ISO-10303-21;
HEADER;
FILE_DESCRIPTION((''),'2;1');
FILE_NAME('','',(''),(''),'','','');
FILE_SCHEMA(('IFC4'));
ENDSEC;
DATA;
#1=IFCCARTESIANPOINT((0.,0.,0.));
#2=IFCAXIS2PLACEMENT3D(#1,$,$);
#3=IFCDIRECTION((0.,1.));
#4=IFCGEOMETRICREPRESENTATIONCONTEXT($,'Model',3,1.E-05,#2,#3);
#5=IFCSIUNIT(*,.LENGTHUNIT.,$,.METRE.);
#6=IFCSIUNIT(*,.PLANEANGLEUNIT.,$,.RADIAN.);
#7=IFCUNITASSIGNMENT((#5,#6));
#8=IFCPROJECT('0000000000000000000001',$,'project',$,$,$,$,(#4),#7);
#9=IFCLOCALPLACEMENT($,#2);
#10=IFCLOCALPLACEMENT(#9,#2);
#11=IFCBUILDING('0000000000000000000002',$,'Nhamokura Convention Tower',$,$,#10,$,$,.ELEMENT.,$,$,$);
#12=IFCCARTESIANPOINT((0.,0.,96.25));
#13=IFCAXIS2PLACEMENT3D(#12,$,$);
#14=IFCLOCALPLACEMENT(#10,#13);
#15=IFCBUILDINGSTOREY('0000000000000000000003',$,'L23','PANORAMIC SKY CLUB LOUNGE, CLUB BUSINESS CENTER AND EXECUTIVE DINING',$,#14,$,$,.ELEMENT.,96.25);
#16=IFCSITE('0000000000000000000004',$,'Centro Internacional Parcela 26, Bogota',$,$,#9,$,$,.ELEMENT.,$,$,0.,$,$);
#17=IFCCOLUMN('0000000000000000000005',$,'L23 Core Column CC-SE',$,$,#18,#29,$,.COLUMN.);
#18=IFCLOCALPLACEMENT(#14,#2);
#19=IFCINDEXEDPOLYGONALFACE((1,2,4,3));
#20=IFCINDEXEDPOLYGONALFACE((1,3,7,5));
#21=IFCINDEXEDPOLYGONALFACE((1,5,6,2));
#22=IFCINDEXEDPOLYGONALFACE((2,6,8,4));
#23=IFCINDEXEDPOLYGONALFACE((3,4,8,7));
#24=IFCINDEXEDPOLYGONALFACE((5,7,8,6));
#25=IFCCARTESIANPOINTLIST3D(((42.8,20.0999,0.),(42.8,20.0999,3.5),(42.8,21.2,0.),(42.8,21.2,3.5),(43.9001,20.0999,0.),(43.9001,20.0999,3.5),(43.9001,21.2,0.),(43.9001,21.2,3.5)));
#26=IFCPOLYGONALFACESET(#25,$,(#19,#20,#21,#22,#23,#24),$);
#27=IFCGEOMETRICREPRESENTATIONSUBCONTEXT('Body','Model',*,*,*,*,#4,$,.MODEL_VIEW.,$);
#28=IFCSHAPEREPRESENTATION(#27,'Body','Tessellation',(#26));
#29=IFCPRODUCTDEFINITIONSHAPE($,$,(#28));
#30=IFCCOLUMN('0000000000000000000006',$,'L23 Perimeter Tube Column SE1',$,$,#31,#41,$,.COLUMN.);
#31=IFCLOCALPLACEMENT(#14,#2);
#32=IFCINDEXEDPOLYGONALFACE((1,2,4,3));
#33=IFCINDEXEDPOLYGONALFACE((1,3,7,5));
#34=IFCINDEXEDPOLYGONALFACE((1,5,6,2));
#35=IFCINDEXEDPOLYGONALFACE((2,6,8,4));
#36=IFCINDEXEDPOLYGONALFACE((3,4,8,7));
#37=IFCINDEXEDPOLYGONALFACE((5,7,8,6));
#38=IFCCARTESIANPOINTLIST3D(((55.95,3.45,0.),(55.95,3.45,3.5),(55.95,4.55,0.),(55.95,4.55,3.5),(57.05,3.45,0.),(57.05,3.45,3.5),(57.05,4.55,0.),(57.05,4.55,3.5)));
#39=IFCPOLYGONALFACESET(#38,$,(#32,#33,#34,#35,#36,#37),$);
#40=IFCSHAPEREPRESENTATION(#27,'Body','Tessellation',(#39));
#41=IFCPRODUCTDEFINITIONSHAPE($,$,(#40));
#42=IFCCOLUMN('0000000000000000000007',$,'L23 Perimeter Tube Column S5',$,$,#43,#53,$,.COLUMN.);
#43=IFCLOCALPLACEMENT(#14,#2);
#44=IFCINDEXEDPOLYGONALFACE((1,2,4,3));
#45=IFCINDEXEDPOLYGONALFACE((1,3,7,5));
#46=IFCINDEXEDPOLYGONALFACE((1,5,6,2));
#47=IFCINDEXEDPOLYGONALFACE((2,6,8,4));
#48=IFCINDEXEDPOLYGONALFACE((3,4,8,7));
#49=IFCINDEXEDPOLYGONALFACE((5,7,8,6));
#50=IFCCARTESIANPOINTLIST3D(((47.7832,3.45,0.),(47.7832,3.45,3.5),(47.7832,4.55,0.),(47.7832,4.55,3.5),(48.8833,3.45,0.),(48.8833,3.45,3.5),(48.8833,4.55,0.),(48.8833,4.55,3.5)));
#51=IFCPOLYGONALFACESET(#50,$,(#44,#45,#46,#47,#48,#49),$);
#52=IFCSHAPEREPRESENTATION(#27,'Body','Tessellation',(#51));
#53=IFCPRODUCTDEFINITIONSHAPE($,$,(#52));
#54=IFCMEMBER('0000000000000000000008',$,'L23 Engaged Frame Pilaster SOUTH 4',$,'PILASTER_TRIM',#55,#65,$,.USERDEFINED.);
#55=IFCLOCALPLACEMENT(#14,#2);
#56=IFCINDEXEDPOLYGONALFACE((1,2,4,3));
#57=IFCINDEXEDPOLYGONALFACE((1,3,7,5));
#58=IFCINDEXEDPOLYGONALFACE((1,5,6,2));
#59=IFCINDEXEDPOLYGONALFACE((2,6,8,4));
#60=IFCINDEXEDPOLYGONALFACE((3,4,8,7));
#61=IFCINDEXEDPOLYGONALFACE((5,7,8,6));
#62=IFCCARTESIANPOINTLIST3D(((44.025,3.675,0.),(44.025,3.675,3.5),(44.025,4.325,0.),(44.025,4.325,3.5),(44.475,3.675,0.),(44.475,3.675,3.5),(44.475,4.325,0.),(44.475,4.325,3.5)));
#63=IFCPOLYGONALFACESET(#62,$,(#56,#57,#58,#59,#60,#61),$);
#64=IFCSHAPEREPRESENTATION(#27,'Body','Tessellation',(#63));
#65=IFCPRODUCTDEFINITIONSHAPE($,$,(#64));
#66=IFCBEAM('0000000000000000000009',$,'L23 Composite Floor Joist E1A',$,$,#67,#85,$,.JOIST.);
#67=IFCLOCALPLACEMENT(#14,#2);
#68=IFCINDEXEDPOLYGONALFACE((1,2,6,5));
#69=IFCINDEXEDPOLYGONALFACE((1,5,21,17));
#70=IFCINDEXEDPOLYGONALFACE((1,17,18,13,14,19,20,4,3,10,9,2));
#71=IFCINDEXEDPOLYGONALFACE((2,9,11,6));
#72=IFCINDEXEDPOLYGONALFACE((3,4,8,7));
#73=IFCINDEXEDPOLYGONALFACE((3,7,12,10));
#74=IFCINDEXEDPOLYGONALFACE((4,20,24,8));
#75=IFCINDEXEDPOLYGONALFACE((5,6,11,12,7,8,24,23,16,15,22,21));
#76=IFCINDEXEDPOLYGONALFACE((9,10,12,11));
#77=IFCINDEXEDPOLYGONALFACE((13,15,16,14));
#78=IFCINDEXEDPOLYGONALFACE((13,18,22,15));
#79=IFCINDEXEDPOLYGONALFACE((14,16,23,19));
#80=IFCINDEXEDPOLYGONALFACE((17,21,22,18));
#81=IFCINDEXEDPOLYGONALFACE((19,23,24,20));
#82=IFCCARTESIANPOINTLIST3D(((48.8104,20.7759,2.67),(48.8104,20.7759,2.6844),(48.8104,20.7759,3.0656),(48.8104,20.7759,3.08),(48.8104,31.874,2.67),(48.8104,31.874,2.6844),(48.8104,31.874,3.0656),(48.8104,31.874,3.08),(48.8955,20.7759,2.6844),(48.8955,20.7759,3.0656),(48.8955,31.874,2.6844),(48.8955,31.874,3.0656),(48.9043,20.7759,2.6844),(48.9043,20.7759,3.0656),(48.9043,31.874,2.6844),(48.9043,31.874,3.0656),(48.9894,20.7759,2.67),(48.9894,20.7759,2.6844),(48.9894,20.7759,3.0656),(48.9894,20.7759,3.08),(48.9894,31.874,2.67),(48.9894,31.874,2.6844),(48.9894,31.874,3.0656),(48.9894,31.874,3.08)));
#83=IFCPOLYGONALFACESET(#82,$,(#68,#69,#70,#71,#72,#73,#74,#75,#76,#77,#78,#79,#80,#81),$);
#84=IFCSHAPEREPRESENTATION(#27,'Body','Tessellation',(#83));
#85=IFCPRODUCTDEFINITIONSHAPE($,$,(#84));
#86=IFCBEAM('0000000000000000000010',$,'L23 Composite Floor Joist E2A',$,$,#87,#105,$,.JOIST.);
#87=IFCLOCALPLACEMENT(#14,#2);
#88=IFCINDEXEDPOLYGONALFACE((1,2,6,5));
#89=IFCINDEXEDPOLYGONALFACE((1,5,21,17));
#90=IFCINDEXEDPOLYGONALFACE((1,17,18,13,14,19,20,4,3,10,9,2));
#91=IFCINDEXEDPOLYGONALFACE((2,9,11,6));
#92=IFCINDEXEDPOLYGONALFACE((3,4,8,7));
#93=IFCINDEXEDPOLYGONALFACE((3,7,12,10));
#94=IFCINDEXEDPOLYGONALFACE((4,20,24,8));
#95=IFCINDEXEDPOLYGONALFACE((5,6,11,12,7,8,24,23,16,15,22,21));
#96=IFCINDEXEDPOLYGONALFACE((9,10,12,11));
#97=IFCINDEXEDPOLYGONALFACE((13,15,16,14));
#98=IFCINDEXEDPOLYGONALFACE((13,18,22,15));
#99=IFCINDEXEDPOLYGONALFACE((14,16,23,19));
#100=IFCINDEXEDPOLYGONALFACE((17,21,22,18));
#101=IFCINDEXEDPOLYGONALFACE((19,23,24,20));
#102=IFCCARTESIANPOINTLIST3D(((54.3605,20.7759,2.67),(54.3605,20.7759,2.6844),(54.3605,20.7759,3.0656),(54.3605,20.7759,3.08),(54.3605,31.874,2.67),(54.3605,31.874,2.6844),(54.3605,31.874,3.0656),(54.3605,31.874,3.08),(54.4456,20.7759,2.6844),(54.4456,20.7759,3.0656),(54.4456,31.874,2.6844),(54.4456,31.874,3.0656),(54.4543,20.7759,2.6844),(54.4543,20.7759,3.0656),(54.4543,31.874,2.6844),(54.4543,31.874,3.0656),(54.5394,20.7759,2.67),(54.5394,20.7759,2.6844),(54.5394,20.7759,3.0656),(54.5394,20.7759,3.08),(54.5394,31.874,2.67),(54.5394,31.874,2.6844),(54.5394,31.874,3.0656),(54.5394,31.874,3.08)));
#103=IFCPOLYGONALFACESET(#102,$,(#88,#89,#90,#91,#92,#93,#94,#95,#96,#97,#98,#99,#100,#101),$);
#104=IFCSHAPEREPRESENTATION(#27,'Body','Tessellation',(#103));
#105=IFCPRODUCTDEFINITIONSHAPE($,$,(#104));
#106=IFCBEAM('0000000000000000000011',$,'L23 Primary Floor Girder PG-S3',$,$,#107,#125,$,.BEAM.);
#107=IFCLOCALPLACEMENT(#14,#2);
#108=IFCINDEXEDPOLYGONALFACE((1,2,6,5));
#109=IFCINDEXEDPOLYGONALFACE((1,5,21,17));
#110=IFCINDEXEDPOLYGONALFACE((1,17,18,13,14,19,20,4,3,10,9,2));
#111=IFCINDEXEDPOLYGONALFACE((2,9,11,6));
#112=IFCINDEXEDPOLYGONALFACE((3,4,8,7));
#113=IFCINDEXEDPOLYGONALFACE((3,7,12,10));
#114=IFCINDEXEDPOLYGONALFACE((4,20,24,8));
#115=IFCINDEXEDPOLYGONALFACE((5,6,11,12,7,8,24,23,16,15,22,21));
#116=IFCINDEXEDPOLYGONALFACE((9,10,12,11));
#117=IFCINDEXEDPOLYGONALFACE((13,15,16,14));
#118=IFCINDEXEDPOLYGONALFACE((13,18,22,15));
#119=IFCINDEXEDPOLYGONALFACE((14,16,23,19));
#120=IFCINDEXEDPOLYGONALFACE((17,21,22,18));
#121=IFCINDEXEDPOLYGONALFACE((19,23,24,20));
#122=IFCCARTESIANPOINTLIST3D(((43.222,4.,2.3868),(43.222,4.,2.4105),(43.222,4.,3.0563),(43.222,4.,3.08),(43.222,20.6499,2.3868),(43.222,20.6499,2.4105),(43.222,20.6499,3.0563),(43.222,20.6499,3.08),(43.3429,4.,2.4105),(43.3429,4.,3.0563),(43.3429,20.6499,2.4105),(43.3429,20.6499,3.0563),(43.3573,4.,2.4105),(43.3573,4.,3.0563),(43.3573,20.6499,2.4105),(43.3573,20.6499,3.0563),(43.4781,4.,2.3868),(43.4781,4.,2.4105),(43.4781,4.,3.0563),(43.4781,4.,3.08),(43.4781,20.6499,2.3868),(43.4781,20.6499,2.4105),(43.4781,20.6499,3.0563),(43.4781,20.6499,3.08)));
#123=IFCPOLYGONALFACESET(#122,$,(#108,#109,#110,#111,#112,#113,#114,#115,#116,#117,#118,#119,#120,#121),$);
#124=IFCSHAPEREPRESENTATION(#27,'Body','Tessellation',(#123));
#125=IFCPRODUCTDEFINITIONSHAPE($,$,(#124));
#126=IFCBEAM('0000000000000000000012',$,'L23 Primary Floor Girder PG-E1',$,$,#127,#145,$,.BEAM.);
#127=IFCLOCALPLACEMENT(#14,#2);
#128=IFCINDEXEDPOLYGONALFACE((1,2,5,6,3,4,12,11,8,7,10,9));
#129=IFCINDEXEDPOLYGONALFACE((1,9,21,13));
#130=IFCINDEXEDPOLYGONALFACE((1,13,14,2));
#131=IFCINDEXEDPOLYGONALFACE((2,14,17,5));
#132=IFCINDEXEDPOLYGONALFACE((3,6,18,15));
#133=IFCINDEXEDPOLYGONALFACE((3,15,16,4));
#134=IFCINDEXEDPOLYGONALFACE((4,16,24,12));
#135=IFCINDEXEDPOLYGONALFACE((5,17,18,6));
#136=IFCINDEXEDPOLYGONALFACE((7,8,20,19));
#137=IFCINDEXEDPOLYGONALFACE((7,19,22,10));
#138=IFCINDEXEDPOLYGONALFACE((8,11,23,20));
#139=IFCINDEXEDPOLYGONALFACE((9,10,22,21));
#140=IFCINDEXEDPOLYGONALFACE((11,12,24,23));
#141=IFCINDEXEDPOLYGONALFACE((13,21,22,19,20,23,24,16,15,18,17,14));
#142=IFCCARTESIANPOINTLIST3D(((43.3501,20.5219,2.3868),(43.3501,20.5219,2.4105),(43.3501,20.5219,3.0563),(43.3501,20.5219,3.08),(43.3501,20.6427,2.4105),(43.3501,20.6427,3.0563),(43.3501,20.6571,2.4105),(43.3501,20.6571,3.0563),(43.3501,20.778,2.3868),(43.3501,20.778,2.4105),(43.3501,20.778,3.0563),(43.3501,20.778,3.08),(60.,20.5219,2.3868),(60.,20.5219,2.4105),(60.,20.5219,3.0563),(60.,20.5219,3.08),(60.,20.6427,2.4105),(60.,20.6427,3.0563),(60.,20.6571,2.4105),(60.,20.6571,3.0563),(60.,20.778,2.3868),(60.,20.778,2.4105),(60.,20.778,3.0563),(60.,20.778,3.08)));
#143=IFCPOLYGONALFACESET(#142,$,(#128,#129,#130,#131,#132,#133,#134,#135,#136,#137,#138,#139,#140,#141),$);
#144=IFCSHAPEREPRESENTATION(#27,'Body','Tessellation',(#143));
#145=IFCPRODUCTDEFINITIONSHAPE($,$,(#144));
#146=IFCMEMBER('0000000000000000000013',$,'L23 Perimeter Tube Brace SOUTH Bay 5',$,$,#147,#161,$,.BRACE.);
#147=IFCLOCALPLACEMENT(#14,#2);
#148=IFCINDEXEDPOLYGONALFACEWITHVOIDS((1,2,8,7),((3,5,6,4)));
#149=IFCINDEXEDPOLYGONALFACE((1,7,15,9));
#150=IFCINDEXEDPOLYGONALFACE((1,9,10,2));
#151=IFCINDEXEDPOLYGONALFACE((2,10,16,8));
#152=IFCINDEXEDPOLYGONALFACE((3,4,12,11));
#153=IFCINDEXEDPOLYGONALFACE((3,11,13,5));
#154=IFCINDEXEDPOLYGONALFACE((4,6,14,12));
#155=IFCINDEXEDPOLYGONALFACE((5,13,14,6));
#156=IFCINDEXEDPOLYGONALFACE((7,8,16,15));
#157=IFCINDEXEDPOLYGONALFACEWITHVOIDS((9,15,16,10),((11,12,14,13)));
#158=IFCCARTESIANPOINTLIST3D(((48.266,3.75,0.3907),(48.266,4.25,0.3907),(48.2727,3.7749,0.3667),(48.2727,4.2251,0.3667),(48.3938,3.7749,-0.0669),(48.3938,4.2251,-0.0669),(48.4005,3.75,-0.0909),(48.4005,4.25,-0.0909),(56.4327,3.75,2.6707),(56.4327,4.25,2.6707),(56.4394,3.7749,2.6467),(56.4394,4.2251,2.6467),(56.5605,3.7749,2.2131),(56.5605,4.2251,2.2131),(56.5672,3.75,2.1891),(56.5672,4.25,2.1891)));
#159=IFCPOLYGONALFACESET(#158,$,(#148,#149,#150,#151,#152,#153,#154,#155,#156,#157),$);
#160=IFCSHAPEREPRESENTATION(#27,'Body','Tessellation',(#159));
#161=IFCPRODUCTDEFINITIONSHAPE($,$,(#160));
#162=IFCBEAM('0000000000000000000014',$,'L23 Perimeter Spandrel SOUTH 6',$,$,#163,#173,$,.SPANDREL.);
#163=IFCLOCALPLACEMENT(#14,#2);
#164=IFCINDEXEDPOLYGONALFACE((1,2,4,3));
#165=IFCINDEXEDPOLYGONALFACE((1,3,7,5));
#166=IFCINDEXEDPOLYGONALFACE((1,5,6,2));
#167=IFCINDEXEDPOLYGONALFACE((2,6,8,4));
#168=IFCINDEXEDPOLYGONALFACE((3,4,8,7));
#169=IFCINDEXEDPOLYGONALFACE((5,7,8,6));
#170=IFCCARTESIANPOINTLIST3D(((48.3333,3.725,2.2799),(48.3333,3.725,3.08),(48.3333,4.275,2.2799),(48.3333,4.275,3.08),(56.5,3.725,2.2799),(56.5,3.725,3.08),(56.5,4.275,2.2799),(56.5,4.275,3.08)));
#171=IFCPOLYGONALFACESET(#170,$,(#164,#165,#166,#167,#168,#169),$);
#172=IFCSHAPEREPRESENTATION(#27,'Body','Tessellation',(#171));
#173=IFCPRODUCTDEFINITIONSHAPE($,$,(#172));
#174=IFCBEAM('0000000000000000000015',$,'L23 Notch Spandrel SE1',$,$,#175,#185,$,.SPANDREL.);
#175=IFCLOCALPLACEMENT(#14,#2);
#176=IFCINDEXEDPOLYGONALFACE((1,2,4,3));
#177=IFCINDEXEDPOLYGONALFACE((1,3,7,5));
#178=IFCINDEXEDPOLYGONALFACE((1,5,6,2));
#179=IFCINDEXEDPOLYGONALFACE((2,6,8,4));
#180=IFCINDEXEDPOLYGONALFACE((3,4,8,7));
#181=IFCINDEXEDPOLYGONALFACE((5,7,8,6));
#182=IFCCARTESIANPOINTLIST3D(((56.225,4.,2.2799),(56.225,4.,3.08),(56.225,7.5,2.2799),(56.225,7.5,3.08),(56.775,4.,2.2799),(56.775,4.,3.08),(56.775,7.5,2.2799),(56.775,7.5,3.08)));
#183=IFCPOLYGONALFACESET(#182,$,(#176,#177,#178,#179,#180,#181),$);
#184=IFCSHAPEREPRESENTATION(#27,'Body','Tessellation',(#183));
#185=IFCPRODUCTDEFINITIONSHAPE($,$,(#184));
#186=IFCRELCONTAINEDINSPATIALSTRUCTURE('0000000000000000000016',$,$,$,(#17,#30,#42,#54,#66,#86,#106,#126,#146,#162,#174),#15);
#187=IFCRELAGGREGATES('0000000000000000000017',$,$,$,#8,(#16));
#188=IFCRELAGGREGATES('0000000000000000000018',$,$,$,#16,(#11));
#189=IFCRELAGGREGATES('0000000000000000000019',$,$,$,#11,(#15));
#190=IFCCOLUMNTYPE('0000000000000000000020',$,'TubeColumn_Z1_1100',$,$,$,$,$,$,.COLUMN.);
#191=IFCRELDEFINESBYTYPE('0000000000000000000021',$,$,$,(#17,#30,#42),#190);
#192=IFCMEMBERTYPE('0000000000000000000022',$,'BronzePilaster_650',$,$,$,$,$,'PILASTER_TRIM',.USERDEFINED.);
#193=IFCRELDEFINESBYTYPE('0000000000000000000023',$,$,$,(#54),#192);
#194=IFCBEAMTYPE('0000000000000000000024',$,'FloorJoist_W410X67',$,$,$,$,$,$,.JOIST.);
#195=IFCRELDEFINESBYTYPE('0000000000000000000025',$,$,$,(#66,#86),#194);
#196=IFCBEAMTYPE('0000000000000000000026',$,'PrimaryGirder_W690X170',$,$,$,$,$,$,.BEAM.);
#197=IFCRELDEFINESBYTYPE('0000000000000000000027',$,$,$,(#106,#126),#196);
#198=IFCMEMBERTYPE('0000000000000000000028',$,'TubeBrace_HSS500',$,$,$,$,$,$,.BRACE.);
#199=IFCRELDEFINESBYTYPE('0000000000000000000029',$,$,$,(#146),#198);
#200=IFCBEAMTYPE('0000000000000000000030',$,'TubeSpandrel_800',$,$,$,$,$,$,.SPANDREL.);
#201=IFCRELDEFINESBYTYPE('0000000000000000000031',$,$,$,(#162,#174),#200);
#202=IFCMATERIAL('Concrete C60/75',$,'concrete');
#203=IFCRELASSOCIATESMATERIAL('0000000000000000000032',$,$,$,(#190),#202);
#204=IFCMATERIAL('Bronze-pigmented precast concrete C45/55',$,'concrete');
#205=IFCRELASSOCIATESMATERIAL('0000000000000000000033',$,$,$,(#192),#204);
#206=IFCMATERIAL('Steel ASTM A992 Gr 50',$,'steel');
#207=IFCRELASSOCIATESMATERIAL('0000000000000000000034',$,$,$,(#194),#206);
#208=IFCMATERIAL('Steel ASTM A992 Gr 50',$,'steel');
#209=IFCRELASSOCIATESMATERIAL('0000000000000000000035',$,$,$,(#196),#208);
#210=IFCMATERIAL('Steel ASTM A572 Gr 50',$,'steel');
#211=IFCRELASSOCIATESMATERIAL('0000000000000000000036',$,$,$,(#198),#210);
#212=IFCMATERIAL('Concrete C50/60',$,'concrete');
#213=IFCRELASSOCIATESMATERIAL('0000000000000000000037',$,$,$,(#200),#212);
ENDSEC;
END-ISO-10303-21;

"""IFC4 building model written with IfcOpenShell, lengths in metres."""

from ifc_helpers import new_model, si_unit, direction, frame, origin, origin_2d, place, context, subcontext, project, spatial, rectangle, hollow_rectangle, i_section, extrude, material, material_profile, profile_set, type_object, element, save


model = new_model("IFC4")

# Units and contexts
model_context = context("Model", 3, precision=1e-05, world=origin(), true_north=direction((0.0, 1.0)))
body_context = subcontext(model_context, "Body", "Model", "MODEL_VIEW")
ifc_project = project(units=[si_unit("LENGTHUNIT", "METRE"), si_unit("PLANEANGLEUNIT", "RADIAN")], contexts=[model_context])

# Site, building, storey
site_placement = place(None, origin())
site = spatial("IfcSite", under=ifc_project, at=site_placement, Name="Centro Internacional Parcela 26, Bogota", CompositionType="ELEMENT", RefElevation=0.0)
building_placement = place(site_placement, origin())
building = spatial("IfcBuilding", under=site, at=building_placement, Name="Nhamokura Convention Tower", CompositionType="ELEMENT")
storey_placement = place(building_placement, frame((0.0, 0.0, 96.25)))
storey = spatial("IfcBuildingStorey", under=building, at=storey_placement, Name="L23", Description="PANORAMIC SKY CLUB LOUNGE, CLUB BUSINESS CENTER AND EXECUTIVE DINING", CompositionType="ELEMENT", Elevation=96.25)

# Columns
ifc_material_1 = material(Name="Concrete C60/75", Category="concrete")
ifc_material_profile_1 = material_profile(ifc_material_1, rectangle(XDim=1.1001, YDim=1.1001, at=origin_2d()))
ifc_profile_set_1 = profile_set([ifc_material_profile_1], Name="Concrete C60/75")
column_type = type_object("IfcColumnType", Name="TubeColumn_Z1_1100", PredefinedType="COLUMN", material=ifc_profile_set_1)
for number, where, z_axis, x_axis, name in (
    (1, (43.3501, 20.6499, 0.0), (0.0, 0.0, 1.0), (1.0, 0.0, 0.0), "L23 Core Column CC-SE"),
    (2, (56.5, 4.0, 0.0), (0.0, 0.0, 1.0), (1.0, 0.0, 0.0), "L23 Perimeter Tube Column SE1"),
    (3, (48.3333, 4.0, 0.0), (0.0, 0.0, 1.0), (1.0, 0.0, 0.0), "L23 Perimeter Tube Column S5"),
):
    element("IfcColumn", number, at=place(storey_placement, frame(where, z_axis=z_axis, x_axis=x_axis)), inside=storey, type_object=column_type, Name=name, PredefinedType="COLUMN", context=body_context, shape_type="SweptSolid", body=[
        extrude(rectangle(XDim=1.1001, YDim=1.1001, at=origin_2d()), origin(), (0.0, 0.0, 1.0), 3.5),
    ])

# Member
ifc_material_2 = material(Name="Bronze-pigmented precast concrete C45/55", Category="concrete")
ifc_material_profile_2 = material_profile(ifc_material_2, rectangle(XDim=0.45, YDim=0.6499, at=origin_2d()))
ifc_profile_set_2 = profile_set([ifc_material_profile_2], Name="Bronze-pigmented precast concrete C45/55")
member_type_1 = type_object("IfcMemberType", Name="BronzePilaster_650", ElementType="PILASTER_TRIM", PredefinedType="USERDEFINED", material=ifc_profile_set_2)
member_1_placement = place(storey_placement, frame((44.25, 4.0, 0.0), z_axis=(0.0, 0.0, 1.0), x_axis=(1.0, 0.0, 0.0)))
element("IfcMember", 4, at=member_1_placement, inside=storey, type_object=member_type_1, Name="L23 Engaged Frame Pilaster SOUTH 4", ObjectType="PILASTER_TRIM", PredefinedType="USERDEFINED", context=body_context, shape_type="SweptSolid", body=[
    extrude(rectangle(XDim=0.45, YDim=0.6499, at=origin_2d()), origin(), (0.0, 0.0, 1.0), 3.5),
])

# Beams
ifc_material_3 = material(Name="Steel ASTM A992 Gr 50", Category="steel")
ifc_material_profile_3 = material_profile(ifc_material_3, i_section(OverallWidth=0.179, OverallDepth=0.4099, WebThickness=0.0088, FlangeThickness=0.0144, at=origin_2d()))
ifc_profile_set_3 = profile_set([ifc_material_profile_3], Name="Steel ASTM A992 Gr 50")
beam_type_1 = type_object("IfcBeamType", Name="FloorJoist_W410X67", PredefinedType="JOIST", material=ifc_profile_set_3)
for number, where, z_axis, x_axis, name in (
    (5, (48.8999, 20.7759, 2.875), (0.0, 1.0, 0.0), (-1.0, 0.0, 0.0), "L23 Composite Floor Joist E1A"),
    (6, (54.45, 20.7759, 2.875), (0.0, 1.0, 0.0), (-1.0, 0.0, 0.0), "L23 Composite Floor Joist E2A"),
):
    element("IfcBeam", number, at=place(storey_placement, frame(where, z_axis=z_axis, x_axis=x_axis)), inside=storey, type_object=beam_type_1, Name=name, PredefinedType="JOIST", context=body_context, shape_type="SweptSolid", body=[
        extrude(i_section(OverallWidth=0.179, OverallDepth=0.4099, WebThickness=0.0088, FlangeThickness=0.0144, at=origin_2d()), origin(), (0.0, 0.0, 1.0), 11.0981),
    ])
ifc_material_4 = material(Name="Steel ASTM A992 Gr 50", Category="steel")
ifc_material_profile_4 = material_profile(ifc_material_4, i_section(OverallWidth=0.2561, OverallDepth=0.6931, WebThickness=0.0144, FlangeThickness=0.0237, at=origin_2d()))
ifc_profile_set_4 = profile_set([ifc_material_profile_4], Name="Steel ASTM A992 Gr 50")
beam_type_2 = type_object("IfcBeamType", Name="PrimaryGirder_W690X170", PredefinedType="BEAM", material=ifc_profile_set_4)
for number, where, z_axis, x_axis, name in (
    (7, (43.3501, 4.0, 2.7334), (0.0, 1.0, 0.0), (-1.0, 0.0, 0.0), "L23 Primary Floor Girder PG-S3"),
    (8, (43.3501, 20.6499, 2.7334), (1.0, 0.0, 0.0), (0.0, 1.0, 0.0), "L23 Primary Floor Girder PG-E1"),
):
    element("IfcBeam", number, at=place(storey_placement, frame(where, z_axis=z_axis, x_axis=x_axis)), inside=storey, type_object=beam_type_2, Name=name, PredefinedType="BEAM", context=body_context, shape_type="SweptSolid", body=[
        extrude(i_section(OverallWidth=0.2561, OverallDepth=0.6931, WebThickness=0.0144, FlangeThickness=0.0237, at=origin_2d()), origin(), (0.0, 0.0, 1.0), 16.6499),
    ])

# Member
ifc_material_5 = material(Name="Steel ASTM A572 Gr 50", Category="steel")
ifc_material_profile_5 = material_profile(ifc_material_5, hollow_rectangle(XDim=0.5, YDim=0.5, WallThickness=0.0249, at=origin_2d()))
ifc_profile_set_5 = profile_set([ifc_material_profile_5], Name="Steel ASTM A572 Gr 50")
member_type_2 = type_object("IfcMemberType", Name="TubeBrace_HSS500", PredefinedType="BRACE", material=ifc_profile_set_5)
member_2_placement = place(storey_placement, frame((48.3333, 4.0, 0.1499), z_axis=(0.963168, 0.0, 0.268901), x_axis=(0.0, 1.0, 0.0)))
element("IfcMember", 9, at=member_2_placement, inside=storey, type_object=member_type_2, Name="L23 Perimeter Tube Brace SOUTH Bay 5", PredefinedType="BRACE", context=body_context, shape_type="SweptSolid", body=[
    extrude(hollow_rectangle(XDim=0.5, YDim=0.5, WallThickness=0.0249, at=origin_2d()), origin(), (0.0, 0.0, 1.0), 8.479),
])

# Beams
ifc_material_6 = material(Name="Concrete C50/60", Category="concrete")
ifc_material_profile_6 = material_profile(ifc_material_6, rectangle(XDim=0.55, YDim=0.8, at=origin_2d()))
ifc_profile_set_6 = profile_set([ifc_material_profile_6], Name="Concrete C50/60")
beam_type_3 = type_object("IfcBeamType", Name="TubeSpandrel_800", PredefinedType="SPANDREL", material=ifc_profile_set_6)
beam_1_placement = place(storey_placement, frame((48.3333, 4.0, 2.6799), z_axis=(1.0, 0.0, 0.0), x_axis=(0.0, 1.0, 0.0)))
element("IfcBeam", 10, at=beam_1_placement, inside=storey, type_object=beam_type_3, Name="L23 Perimeter Spandrel SOUTH 6", PredefinedType="SPANDREL", context=body_context, shape_type="SweptSolid", body=[
    extrude(rectangle(XDim=0.55, YDim=0.8, at=origin_2d()), origin(), (0.0, 0.0, 1.0), 8.1667),
])
beam_2_placement = place(storey_placement, frame((56.5, 4.0, 2.6799), z_axis=(0.0, 1.0, 0.0), x_axis=(-1.0, 0.0, 0.0)))
element("IfcBeam", 11, at=beam_2_placement, inside=storey, type_object=beam_type_3, Name="L23 Notch Spandrel SE1", PredefinedType="SPANDREL", context=body_context, shape_type="SweptSolid", body=[
    extrude(rectangle(XDim=0.55, YDim=0.8, at=origin_2d()), origin(), (0.0, 0.0, 1.0), 3.5),
])

save(model, "model.ifc")
